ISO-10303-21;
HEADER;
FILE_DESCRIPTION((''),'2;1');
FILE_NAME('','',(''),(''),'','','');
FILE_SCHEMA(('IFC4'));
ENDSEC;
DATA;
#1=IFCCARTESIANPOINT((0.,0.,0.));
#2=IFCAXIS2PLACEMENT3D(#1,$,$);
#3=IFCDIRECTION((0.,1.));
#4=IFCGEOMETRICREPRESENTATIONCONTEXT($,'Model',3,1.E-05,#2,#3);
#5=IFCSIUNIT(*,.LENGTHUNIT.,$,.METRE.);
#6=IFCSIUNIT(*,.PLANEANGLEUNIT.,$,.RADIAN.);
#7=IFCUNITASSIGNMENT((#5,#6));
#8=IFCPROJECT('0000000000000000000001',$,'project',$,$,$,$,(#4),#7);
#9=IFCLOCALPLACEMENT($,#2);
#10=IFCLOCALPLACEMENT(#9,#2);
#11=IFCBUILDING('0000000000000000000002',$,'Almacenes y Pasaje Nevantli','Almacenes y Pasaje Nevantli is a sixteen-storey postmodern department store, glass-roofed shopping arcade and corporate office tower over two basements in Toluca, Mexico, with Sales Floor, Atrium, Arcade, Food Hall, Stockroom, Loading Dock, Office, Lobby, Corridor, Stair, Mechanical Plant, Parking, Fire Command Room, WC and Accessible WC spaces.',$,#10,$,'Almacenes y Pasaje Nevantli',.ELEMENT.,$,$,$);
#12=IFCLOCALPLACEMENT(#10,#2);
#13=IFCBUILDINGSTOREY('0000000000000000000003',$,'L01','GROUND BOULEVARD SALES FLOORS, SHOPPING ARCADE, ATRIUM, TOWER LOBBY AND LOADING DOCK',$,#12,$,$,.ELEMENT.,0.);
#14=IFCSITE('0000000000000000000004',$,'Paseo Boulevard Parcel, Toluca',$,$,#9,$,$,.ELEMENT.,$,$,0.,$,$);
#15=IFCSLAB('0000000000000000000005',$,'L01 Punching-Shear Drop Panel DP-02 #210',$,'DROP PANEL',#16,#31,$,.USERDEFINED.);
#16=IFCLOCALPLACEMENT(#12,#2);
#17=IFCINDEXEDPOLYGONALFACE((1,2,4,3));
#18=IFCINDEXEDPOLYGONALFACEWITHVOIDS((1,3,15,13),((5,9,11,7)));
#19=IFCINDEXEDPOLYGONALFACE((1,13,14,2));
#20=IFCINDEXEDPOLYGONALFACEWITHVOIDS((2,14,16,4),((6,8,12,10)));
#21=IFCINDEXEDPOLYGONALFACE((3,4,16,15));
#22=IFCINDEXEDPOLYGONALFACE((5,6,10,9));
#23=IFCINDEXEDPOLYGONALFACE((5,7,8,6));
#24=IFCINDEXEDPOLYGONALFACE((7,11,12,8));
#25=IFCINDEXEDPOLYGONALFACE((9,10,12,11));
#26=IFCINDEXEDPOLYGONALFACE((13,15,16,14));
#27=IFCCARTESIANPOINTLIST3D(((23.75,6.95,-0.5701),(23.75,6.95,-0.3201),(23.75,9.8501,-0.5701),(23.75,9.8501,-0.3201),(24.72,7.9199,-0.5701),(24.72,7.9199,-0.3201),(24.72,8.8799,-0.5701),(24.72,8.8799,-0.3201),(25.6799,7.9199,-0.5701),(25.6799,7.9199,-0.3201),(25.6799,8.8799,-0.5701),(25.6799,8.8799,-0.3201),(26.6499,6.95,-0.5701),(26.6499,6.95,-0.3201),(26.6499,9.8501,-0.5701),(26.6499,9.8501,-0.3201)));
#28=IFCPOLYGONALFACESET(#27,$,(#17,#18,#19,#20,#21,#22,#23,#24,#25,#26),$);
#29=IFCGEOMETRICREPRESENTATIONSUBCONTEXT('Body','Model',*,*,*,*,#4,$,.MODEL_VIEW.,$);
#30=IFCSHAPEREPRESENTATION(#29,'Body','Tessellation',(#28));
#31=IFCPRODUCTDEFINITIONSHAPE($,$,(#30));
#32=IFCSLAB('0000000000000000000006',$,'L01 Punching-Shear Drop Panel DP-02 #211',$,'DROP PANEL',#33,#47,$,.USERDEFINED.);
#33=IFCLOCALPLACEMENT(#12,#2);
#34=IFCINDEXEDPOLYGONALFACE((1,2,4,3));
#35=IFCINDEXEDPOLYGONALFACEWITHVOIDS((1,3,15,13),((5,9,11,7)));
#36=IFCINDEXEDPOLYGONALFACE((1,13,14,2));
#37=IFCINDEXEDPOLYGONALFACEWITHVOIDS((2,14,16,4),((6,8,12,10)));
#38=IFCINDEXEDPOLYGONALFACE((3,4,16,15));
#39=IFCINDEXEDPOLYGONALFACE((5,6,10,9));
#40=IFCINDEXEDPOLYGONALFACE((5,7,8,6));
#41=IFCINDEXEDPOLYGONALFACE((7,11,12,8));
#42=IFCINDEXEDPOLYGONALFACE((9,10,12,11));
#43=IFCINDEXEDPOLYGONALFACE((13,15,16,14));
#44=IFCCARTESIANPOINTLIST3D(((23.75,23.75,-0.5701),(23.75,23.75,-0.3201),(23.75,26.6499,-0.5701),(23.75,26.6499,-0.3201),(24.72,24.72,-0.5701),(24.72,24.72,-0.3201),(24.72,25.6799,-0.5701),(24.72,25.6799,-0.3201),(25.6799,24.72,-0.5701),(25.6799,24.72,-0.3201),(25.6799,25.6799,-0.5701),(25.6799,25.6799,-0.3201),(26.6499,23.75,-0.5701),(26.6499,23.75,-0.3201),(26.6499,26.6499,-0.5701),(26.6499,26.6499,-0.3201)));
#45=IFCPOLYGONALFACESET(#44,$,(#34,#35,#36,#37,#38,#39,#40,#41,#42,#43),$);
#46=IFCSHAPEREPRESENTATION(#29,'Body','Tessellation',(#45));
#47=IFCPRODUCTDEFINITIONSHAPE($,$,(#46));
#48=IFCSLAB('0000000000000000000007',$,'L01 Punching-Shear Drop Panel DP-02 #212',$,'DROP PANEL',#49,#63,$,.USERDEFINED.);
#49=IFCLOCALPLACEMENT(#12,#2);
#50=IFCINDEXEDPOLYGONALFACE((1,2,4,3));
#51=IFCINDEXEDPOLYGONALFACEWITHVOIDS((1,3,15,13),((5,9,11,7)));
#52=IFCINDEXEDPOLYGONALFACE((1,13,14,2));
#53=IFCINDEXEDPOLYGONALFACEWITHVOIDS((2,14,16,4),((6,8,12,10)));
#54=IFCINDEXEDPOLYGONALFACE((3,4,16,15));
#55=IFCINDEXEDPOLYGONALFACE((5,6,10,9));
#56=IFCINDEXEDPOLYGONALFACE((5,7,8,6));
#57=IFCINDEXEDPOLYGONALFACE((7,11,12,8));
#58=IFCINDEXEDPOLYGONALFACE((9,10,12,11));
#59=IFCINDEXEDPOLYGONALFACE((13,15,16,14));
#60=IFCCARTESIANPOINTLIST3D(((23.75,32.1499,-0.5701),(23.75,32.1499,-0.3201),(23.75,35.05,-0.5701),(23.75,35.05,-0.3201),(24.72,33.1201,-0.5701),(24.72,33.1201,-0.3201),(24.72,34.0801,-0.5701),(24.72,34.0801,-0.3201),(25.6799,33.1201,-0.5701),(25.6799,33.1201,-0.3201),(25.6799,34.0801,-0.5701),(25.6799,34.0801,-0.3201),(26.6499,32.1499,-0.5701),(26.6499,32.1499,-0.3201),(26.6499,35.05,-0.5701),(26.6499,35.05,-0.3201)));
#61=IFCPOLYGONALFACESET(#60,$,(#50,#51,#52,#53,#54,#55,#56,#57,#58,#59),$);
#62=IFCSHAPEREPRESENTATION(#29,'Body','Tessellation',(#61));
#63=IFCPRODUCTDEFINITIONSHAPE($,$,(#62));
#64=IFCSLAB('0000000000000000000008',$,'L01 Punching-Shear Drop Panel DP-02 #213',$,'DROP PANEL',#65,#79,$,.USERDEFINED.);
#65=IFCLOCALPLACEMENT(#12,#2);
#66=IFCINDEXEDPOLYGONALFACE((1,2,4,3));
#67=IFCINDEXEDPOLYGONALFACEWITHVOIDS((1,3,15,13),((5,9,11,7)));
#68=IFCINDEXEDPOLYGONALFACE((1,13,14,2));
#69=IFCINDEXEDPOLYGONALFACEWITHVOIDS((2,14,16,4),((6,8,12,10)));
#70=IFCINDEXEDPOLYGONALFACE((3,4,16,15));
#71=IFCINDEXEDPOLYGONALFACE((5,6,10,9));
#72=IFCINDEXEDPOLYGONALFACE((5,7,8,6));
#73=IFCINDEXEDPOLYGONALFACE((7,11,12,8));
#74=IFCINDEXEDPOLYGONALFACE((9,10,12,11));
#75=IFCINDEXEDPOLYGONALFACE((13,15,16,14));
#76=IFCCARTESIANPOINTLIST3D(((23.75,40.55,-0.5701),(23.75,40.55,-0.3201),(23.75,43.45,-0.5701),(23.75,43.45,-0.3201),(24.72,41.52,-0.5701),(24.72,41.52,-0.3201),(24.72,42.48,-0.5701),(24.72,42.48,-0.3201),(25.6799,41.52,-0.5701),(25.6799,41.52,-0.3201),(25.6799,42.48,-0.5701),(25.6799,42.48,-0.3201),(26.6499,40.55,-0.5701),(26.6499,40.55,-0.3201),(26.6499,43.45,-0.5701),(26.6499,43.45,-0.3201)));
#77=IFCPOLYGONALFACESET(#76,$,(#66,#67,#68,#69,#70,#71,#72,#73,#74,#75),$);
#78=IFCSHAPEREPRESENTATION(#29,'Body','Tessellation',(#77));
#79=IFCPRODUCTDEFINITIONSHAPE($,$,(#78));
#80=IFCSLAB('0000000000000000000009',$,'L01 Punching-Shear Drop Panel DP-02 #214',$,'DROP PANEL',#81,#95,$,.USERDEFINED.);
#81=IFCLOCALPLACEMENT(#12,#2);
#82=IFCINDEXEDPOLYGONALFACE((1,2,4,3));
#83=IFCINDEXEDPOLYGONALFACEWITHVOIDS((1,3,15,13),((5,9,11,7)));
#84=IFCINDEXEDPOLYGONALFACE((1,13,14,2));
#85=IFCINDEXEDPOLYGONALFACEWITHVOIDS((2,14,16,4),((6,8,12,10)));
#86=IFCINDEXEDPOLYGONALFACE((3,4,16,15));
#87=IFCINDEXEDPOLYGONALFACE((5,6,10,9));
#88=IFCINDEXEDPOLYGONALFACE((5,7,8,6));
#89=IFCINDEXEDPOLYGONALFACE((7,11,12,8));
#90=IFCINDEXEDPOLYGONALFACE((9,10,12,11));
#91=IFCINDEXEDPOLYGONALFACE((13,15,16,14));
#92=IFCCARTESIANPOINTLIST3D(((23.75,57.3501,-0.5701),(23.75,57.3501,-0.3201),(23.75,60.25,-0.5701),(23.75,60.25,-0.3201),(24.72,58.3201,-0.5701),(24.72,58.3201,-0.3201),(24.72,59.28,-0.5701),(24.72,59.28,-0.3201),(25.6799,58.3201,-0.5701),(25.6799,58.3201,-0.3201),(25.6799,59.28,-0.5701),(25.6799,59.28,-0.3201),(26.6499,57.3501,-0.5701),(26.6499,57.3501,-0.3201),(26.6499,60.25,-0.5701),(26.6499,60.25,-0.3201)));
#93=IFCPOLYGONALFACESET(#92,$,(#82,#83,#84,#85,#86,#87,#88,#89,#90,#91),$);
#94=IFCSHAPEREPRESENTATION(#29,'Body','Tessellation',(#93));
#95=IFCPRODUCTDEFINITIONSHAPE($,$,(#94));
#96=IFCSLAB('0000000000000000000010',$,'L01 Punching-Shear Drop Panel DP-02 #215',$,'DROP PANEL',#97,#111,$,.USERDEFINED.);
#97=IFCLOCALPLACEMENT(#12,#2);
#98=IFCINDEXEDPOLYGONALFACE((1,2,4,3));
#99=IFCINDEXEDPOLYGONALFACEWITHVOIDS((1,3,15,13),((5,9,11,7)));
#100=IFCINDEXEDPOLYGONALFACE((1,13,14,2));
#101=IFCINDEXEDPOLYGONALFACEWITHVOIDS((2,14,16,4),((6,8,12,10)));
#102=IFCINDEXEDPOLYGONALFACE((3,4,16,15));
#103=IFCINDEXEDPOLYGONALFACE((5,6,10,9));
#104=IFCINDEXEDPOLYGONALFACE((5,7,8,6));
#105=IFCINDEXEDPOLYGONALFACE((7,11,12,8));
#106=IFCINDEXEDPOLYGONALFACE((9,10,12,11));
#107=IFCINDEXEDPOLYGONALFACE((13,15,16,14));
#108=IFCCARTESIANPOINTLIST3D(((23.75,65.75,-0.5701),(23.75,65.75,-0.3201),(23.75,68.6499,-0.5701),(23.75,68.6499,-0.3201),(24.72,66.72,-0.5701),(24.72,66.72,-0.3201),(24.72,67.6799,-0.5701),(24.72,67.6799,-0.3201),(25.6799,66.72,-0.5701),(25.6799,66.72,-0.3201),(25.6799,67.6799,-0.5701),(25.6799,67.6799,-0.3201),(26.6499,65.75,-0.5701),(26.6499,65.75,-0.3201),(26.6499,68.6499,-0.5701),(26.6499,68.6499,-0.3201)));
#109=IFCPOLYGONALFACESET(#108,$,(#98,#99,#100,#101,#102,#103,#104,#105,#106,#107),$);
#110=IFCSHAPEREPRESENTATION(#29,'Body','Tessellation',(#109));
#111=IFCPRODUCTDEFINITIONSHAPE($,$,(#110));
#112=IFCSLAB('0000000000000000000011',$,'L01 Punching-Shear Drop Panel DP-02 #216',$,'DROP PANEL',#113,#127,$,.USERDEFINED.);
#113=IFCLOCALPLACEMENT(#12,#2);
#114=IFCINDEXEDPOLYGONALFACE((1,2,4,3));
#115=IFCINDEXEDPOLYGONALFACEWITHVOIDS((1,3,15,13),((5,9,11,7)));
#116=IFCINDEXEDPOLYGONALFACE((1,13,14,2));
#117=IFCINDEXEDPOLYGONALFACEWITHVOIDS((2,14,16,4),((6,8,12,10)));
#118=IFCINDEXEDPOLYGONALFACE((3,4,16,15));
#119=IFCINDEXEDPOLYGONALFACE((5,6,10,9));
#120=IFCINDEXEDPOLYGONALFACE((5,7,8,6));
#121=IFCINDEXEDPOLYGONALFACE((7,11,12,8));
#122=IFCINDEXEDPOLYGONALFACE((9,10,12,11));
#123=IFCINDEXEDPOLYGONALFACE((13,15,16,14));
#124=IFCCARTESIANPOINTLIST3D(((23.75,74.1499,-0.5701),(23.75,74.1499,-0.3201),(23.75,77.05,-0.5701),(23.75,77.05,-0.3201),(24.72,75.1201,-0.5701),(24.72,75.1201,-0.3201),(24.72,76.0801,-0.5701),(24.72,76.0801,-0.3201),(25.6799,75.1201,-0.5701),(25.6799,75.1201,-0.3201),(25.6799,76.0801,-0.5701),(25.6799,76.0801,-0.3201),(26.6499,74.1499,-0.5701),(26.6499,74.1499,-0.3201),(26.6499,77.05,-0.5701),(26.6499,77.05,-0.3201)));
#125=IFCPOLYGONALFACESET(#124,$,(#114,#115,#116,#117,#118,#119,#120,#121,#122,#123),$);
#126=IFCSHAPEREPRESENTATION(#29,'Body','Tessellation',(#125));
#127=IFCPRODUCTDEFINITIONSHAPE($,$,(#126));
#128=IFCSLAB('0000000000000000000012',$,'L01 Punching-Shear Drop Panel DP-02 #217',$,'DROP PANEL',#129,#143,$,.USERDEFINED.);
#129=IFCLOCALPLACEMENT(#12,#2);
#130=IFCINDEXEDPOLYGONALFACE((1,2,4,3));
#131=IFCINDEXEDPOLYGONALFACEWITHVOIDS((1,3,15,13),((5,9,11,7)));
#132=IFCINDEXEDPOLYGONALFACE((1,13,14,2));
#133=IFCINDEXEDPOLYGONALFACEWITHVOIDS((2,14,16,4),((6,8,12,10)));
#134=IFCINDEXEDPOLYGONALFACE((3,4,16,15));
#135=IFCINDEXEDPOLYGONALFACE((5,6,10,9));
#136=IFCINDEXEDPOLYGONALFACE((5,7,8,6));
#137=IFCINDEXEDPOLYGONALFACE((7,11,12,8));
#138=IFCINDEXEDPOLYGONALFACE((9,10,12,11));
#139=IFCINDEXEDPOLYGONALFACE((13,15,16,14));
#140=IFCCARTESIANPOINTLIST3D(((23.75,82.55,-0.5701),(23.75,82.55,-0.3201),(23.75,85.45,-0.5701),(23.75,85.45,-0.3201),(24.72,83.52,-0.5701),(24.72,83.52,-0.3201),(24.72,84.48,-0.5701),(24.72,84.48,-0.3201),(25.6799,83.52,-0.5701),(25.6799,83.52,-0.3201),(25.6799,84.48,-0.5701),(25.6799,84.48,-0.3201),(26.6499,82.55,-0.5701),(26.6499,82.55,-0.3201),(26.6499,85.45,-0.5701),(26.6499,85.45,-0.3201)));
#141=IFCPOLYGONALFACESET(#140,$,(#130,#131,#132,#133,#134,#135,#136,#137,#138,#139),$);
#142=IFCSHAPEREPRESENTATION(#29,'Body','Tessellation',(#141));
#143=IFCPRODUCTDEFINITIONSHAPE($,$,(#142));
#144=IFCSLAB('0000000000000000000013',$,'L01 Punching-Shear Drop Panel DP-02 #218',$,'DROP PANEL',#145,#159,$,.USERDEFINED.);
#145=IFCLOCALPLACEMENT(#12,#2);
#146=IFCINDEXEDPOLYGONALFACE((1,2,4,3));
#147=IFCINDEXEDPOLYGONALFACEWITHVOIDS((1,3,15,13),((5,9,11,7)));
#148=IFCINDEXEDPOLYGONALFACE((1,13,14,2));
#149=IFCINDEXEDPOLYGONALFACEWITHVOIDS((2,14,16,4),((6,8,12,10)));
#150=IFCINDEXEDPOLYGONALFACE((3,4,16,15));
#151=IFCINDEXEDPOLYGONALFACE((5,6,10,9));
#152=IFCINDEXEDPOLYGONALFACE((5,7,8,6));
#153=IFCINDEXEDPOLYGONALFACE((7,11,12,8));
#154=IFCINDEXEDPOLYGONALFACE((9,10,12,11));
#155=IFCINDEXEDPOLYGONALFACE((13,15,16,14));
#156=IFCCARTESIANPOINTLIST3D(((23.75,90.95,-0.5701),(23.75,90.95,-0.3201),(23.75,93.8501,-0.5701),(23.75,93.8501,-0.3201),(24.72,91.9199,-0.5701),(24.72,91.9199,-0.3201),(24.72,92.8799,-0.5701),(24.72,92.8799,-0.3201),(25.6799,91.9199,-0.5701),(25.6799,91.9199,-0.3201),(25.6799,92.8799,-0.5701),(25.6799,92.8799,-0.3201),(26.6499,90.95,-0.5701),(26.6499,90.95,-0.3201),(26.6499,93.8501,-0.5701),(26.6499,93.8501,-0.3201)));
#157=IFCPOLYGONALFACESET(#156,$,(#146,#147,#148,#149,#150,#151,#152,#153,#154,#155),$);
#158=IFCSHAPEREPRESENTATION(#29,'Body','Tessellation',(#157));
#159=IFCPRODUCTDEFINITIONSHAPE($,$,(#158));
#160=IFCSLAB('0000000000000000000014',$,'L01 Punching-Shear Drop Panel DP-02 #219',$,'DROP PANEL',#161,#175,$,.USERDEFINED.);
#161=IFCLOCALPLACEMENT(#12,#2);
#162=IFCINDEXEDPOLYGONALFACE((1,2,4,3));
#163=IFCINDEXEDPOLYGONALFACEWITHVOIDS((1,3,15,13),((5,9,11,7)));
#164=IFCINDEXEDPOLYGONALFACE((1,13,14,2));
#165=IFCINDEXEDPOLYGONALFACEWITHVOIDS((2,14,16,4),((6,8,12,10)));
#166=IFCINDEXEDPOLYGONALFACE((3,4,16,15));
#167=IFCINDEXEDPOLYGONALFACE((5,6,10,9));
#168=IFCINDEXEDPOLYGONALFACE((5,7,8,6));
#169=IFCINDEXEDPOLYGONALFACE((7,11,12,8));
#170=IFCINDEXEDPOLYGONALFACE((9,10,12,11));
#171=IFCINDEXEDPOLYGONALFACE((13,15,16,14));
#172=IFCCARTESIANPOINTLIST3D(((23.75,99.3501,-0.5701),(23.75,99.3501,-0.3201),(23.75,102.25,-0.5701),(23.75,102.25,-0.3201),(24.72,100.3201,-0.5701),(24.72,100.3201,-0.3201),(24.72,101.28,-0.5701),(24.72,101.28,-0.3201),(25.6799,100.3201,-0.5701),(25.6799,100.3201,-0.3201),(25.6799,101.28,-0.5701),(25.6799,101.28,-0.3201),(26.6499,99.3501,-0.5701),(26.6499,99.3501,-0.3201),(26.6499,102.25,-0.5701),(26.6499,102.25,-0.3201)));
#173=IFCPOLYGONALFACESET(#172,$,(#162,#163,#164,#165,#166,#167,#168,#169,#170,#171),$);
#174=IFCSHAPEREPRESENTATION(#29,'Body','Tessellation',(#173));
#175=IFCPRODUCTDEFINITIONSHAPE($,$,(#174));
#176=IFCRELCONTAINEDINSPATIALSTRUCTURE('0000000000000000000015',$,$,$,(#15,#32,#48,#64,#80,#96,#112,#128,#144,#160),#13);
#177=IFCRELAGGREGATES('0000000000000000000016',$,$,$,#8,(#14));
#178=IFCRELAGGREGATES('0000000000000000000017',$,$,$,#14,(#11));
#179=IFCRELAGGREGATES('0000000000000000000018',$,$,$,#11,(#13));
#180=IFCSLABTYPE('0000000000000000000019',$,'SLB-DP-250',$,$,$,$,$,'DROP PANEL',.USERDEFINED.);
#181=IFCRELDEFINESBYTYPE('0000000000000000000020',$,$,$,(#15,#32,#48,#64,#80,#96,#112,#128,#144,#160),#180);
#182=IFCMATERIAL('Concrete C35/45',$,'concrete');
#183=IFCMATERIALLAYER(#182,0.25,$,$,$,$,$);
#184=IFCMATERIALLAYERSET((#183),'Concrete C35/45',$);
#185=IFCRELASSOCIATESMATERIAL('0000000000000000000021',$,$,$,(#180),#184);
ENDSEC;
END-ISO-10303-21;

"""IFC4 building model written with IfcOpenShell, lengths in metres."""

from ifc_helpers import new_model, si_unit, direction, frame, origin, place, context, subcontext, project, spatial, polyline, outline, extrude, material, layer, layer_set, type_object, element, save


model = new_model("IFC4")

# Units and contexts
model_context = context("Model", 3, precision=1e-05, world=origin(), true_north=direction((0.0, 1.0)))
body_context = subcontext(model_context, "Body", "Model", "MODEL_VIEW")
ifc_project = project(units=[si_unit("LENGTHUNIT", "METRE"), si_unit("PLANEANGLEUNIT", "RADIAN")], contexts=[model_context])

# Site, building, storey
site_placement = place(None, origin())
site = spatial("IfcSite", under=ifc_project, at=site_placement, Name="Paseo Boulevard Parcel, Toluca", CompositionType="ELEMENT", RefElevation=0.0)
building_placement = place(site_placement, origin())
building = spatial("IfcBuilding", under=site, at=building_placement, Name="Almacenes y Pasaje Nevantli", Description="Almacenes y Pasaje Nevantli is a sixteen-storey postmodern department store, glass-roofed shopping arcade and corporate office tower over two basements in Toluca, Mexico, with Sales Floor, Atrium, Arcade, Food Hall, Stockroom, Loading Dock, Office, Lobby, Corridor, Stair, Mechanical Plant, Parking, Fire Command Room, WC and Accessible WC spaces.", LongName="Almacenes y Pasaje Nevantli", CompositionType="ELEMENT")
storey_placement = place(building_placement, origin())
storey = spatial("IfcBuildingStorey", under=building, at=storey_placement, Name="L01", Description="GROUND BOULEVARD SALES FLOORS, SHOPPING ARCADE, ATRIUM, TOWER LOBBY AND LOADING DOCK", CompositionType="ELEMENT", Elevation=0.0)

# Slabs
ifc_material = material(Name="Concrete C35/45", Category="concrete")
ifc_layer = layer(ifc_material, 0.25)
ifc_layer_set = layer_set([ifc_layer], Name="Concrete C35/45")
slab_type = type_object("IfcSlabType", Name="SLB-DP-250", ElementType="DROP PANEL", PredefinedType="USERDEFINED", material=ifc_layer_set)
slab_1_placement = place(storey_placement, frame((0.0, 0.0, -0.5701)))
element("IfcSlab", 1, at=slab_1_placement, inside=storey, type_object=slab_type, Name="L01 Punching-Shear Drop Panel DP-02 #210", ObjectType="DROP PANEL", PredefinedType="USERDEFINED", context=body_context, shape_type="SweptSolid", body=[
    extrude(outline(polyline([(23.75, 6.95), (26.6499, 6.95), (26.6499, 9.8501), (23.75, 9.8501), (23.75, 6.95)]), holes=[polyline([(24.72, 7.9199), (25.6799, 7.9199), (25.6799, 8.8799), (24.72, 8.8799), (24.72, 7.9199)])]), origin(), (0.0, 0.0, 1.0), 0.25),
])
slab_2_placement = place(storey_placement, frame((0.0, 0.0, -0.5701)))
element("IfcSlab", 2, at=slab_2_placement, inside=storey, type_object=slab_type, Name="L01 Punching-Shear Drop Panel DP-02 #211", ObjectType="DROP PANEL", PredefinedType="USERDEFINED", context=body_context, shape_type="SweptSolid", body=[
    extrude(outline(polyline([(23.75, 23.75), (26.6499, 23.75), (26.6499, 26.6499), (23.75, 26.6499), (23.75, 23.75)]), holes=[polyline([(24.72, 24.72), (25.6799, 24.72), (25.6799, 25.6799), (24.72, 25.6799), (24.72, 24.72)])]), origin(), (0.0, 0.0, 1.0), 0.25),
])
slab_3_placement = place(storey_placement, frame((0.0, 0.0, -0.5701)))
element("IfcSlab", 3, at=slab_3_placement, inside=storey, type_object=slab_type, Name="L01 Punching-Shear Drop Panel DP-02 #212", ObjectType="DROP PANEL", PredefinedType="USERDEFINED", context=body_context, shape_type="SweptSolid", body=[
    extrude(outline(polyline([(23.75, 32.1499), (26.6499, 32.1499), (26.6499, 35.05), (23.75, 35.05), (23.75, 32.1499)]), holes=[polyline([(24.72, 33.1201), (25.6799, 33.1201), (25.6799, 34.0801), (24.72, 34.0801), (24.72, 33.1201)])]), origin(), (0.0, 0.0, 1.0), 0.25),
])
slab_4_placement = place(storey_placement, frame((0.0, 0.0, -0.5701)))
element("IfcSlab", 4, at=slab_4_placement, inside=storey, type_object=slab_type, Name="L01 Punching-Shear Drop Panel DP-02 #213", ObjectType="DROP PANEL", PredefinedType="USERDEFINED", context=body_context, shape_type="SweptSolid", body=[
    extrude(outline(polyline([(23.75, 40.55), (26.6499, 40.55), (26.6499, 43.45), (23.75, 43.45), (23.75, 40.55)]), holes=[polyline([(24.72, 41.52), (25.6799, 41.52), (25.6799, 42.48), (24.72, 42.48), (24.72, 41.52)])]), origin(), (0.0, 0.0, 1.0), 0.25),
])
slab_5_placement = place(storey_placement, frame((0.0, 0.0, -0.5701)))
element("IfcSlab", 5, at=slab_5_placement, inside=storey, type_object=slab_type, Name="L01 Punching-Shear Drop Panel DP-02 #214", ObjectType="DROP PANEL", PredefinedType="USERDEFINED", context=body_context, shape_type="SweptSolid", body=[
    extrude(outline(polyline([(23.75, 57.3501), (26.6499, 57.3501), (26.6499, 60.25), (23.75, 60.25), (23.75, 57.3501)]), holes=[polyline([(24.72, 58.3201), (25.6799, 58.3201), (25.6799, 59.28), (24.72, 59.28), (24.72, 58.3201)])]), origin(), (0.0, 0.0, 1.0), 0.25),
])
slab_6_placement = place(storey_placement, frame((0.0, 0.0, -0.5701)))
element("IfcSlab", 6, at=slab_6_placement, inside=storey, type_object=slab_type, Name="L01 Punching-Shear Drop Panel DP-02 #215", ObjectType="DROP PANEL", PredefinedType="USERDEFINED", context=body_context, shape_type="SweptSolid", body=[
    extrude(outline(polyline([(23.75, 65.75), (26.6499, 65.75), (26.6499, 68.6499), (23.75, 68.6499), (23.75, 65.75)]), holes=[polyline([(24.72, 66.72), (25.6799, 66.72), (25.6799, 67.6799), (24.72, 67.6799), (24.72, 66.72)])]), origin(), (0.0, 0.0, 1.0), 0.25),
])
slab_7_placement = place(storey_placement, frame((0.0, 0.0, -0.5701)))
element("IfcSlab", 7, at=slab_7_placement, inside=storey, type_object=slab_type, Name="L01 Punching-Shear Drop Panel DP-02 #216", ObjectType="DROP PANEL", PredefinedType="USERDEFINED", context=body_context, shape_type="SweptSolid", body=[
    extrude(outline(polyline([(23.75, 74.1499), (26.6499, 74.1499), (26.6499, 77.05), (23.75, 77.05), (23.75, 74.1499)]), holes=[polyline([(24.72, 75.1201), (25.6799, 75.1201), (25.6799, 76.0801), (24.72, 76.0801), (24.72, 75.1201)])]), origin(), (0.0, 0.0, 1.0), 0.25),
])
slab_8_placement = place(storey_placement, frame((0.0, 0.0, -0.5701)))
element("IfcSlab", 8, at=slab_8_placement, inside=storey, type_object=slab_type, Name="L01 Punching-Shear Drop Panel DP-02 #217", ObjectType="DROP PANEL", PredefinedType="USERDEFINED", context=body_context, shape_type="SweptSolid", body=[
    extrude(outline(polyline([(23.75, 82.55), (26.6499, 82.55), (26.6499, 85.45), (23.75, 85.45), (23.75, 82.55)]), holes=[polyline([(24.72, 83.52), (25.6799, 83.52), (25.6799, 84.48), (24.72, 84.48), (24.72, 83.52)])]), origin(), (0.0, 0.0, 1.0), 0.25),
])
slab_9_placement = place(storey_placement, frame((0.0, 0.0, -0.5701)))
element("IfcSlab", 9, at=slab_9_placement, inside=storey, type_object=slab_type, Name="L01 Punching-Shear Drop Panel DP-02 #218", ObjectType="DROP PANEL", PredefinedType="USERDEFINED", context=body_context, shape_type="SweptSolid", body=[
    extrude(outline(polyline([(23.75, 90.95), (26.6499, 90.95), (26.6499, 93.8501), (23.75, 93.8501), (23.75, 90.95)]), holes=[polyline([(24.72, 91.9199), (25.6799, 91.9199), (25.6799, 92.8799), (24.72, 92.8799), (24.72, 91.9199)])]), origin(), (0.0, 0.0, 1.0), 0.25),
])
slab_10_placement = place(storey_placement, frame((0.0, 0.0, -0.5701)))
element("IfcSlab", 10, at=slab_10_placement, inside=storey, type_object=slab_type, Name="L01 Punching-Shear Drop Panel DP-02 #219", ObjectType="DROP PANEL", PredefinedType="USERDEFINED", context=body_context, shape_type="SweptSolid", body=[
    extrude(outline(polyline([(23.75, 99.3501), (26.6499, 99.3501), (26.6499, 102.25), (23.75, 102.25), (23.75, 99.3501)]), holes=[polyline([(24.72, 100.3201), (25.6799, 100.3201), (25.6799, 101.28), (24.72, 101.28), (24.72, 100.3201)])]), origin(), (0.0, 0.0, 1.0), 0.25),
])

save(model, "model.ifc")
